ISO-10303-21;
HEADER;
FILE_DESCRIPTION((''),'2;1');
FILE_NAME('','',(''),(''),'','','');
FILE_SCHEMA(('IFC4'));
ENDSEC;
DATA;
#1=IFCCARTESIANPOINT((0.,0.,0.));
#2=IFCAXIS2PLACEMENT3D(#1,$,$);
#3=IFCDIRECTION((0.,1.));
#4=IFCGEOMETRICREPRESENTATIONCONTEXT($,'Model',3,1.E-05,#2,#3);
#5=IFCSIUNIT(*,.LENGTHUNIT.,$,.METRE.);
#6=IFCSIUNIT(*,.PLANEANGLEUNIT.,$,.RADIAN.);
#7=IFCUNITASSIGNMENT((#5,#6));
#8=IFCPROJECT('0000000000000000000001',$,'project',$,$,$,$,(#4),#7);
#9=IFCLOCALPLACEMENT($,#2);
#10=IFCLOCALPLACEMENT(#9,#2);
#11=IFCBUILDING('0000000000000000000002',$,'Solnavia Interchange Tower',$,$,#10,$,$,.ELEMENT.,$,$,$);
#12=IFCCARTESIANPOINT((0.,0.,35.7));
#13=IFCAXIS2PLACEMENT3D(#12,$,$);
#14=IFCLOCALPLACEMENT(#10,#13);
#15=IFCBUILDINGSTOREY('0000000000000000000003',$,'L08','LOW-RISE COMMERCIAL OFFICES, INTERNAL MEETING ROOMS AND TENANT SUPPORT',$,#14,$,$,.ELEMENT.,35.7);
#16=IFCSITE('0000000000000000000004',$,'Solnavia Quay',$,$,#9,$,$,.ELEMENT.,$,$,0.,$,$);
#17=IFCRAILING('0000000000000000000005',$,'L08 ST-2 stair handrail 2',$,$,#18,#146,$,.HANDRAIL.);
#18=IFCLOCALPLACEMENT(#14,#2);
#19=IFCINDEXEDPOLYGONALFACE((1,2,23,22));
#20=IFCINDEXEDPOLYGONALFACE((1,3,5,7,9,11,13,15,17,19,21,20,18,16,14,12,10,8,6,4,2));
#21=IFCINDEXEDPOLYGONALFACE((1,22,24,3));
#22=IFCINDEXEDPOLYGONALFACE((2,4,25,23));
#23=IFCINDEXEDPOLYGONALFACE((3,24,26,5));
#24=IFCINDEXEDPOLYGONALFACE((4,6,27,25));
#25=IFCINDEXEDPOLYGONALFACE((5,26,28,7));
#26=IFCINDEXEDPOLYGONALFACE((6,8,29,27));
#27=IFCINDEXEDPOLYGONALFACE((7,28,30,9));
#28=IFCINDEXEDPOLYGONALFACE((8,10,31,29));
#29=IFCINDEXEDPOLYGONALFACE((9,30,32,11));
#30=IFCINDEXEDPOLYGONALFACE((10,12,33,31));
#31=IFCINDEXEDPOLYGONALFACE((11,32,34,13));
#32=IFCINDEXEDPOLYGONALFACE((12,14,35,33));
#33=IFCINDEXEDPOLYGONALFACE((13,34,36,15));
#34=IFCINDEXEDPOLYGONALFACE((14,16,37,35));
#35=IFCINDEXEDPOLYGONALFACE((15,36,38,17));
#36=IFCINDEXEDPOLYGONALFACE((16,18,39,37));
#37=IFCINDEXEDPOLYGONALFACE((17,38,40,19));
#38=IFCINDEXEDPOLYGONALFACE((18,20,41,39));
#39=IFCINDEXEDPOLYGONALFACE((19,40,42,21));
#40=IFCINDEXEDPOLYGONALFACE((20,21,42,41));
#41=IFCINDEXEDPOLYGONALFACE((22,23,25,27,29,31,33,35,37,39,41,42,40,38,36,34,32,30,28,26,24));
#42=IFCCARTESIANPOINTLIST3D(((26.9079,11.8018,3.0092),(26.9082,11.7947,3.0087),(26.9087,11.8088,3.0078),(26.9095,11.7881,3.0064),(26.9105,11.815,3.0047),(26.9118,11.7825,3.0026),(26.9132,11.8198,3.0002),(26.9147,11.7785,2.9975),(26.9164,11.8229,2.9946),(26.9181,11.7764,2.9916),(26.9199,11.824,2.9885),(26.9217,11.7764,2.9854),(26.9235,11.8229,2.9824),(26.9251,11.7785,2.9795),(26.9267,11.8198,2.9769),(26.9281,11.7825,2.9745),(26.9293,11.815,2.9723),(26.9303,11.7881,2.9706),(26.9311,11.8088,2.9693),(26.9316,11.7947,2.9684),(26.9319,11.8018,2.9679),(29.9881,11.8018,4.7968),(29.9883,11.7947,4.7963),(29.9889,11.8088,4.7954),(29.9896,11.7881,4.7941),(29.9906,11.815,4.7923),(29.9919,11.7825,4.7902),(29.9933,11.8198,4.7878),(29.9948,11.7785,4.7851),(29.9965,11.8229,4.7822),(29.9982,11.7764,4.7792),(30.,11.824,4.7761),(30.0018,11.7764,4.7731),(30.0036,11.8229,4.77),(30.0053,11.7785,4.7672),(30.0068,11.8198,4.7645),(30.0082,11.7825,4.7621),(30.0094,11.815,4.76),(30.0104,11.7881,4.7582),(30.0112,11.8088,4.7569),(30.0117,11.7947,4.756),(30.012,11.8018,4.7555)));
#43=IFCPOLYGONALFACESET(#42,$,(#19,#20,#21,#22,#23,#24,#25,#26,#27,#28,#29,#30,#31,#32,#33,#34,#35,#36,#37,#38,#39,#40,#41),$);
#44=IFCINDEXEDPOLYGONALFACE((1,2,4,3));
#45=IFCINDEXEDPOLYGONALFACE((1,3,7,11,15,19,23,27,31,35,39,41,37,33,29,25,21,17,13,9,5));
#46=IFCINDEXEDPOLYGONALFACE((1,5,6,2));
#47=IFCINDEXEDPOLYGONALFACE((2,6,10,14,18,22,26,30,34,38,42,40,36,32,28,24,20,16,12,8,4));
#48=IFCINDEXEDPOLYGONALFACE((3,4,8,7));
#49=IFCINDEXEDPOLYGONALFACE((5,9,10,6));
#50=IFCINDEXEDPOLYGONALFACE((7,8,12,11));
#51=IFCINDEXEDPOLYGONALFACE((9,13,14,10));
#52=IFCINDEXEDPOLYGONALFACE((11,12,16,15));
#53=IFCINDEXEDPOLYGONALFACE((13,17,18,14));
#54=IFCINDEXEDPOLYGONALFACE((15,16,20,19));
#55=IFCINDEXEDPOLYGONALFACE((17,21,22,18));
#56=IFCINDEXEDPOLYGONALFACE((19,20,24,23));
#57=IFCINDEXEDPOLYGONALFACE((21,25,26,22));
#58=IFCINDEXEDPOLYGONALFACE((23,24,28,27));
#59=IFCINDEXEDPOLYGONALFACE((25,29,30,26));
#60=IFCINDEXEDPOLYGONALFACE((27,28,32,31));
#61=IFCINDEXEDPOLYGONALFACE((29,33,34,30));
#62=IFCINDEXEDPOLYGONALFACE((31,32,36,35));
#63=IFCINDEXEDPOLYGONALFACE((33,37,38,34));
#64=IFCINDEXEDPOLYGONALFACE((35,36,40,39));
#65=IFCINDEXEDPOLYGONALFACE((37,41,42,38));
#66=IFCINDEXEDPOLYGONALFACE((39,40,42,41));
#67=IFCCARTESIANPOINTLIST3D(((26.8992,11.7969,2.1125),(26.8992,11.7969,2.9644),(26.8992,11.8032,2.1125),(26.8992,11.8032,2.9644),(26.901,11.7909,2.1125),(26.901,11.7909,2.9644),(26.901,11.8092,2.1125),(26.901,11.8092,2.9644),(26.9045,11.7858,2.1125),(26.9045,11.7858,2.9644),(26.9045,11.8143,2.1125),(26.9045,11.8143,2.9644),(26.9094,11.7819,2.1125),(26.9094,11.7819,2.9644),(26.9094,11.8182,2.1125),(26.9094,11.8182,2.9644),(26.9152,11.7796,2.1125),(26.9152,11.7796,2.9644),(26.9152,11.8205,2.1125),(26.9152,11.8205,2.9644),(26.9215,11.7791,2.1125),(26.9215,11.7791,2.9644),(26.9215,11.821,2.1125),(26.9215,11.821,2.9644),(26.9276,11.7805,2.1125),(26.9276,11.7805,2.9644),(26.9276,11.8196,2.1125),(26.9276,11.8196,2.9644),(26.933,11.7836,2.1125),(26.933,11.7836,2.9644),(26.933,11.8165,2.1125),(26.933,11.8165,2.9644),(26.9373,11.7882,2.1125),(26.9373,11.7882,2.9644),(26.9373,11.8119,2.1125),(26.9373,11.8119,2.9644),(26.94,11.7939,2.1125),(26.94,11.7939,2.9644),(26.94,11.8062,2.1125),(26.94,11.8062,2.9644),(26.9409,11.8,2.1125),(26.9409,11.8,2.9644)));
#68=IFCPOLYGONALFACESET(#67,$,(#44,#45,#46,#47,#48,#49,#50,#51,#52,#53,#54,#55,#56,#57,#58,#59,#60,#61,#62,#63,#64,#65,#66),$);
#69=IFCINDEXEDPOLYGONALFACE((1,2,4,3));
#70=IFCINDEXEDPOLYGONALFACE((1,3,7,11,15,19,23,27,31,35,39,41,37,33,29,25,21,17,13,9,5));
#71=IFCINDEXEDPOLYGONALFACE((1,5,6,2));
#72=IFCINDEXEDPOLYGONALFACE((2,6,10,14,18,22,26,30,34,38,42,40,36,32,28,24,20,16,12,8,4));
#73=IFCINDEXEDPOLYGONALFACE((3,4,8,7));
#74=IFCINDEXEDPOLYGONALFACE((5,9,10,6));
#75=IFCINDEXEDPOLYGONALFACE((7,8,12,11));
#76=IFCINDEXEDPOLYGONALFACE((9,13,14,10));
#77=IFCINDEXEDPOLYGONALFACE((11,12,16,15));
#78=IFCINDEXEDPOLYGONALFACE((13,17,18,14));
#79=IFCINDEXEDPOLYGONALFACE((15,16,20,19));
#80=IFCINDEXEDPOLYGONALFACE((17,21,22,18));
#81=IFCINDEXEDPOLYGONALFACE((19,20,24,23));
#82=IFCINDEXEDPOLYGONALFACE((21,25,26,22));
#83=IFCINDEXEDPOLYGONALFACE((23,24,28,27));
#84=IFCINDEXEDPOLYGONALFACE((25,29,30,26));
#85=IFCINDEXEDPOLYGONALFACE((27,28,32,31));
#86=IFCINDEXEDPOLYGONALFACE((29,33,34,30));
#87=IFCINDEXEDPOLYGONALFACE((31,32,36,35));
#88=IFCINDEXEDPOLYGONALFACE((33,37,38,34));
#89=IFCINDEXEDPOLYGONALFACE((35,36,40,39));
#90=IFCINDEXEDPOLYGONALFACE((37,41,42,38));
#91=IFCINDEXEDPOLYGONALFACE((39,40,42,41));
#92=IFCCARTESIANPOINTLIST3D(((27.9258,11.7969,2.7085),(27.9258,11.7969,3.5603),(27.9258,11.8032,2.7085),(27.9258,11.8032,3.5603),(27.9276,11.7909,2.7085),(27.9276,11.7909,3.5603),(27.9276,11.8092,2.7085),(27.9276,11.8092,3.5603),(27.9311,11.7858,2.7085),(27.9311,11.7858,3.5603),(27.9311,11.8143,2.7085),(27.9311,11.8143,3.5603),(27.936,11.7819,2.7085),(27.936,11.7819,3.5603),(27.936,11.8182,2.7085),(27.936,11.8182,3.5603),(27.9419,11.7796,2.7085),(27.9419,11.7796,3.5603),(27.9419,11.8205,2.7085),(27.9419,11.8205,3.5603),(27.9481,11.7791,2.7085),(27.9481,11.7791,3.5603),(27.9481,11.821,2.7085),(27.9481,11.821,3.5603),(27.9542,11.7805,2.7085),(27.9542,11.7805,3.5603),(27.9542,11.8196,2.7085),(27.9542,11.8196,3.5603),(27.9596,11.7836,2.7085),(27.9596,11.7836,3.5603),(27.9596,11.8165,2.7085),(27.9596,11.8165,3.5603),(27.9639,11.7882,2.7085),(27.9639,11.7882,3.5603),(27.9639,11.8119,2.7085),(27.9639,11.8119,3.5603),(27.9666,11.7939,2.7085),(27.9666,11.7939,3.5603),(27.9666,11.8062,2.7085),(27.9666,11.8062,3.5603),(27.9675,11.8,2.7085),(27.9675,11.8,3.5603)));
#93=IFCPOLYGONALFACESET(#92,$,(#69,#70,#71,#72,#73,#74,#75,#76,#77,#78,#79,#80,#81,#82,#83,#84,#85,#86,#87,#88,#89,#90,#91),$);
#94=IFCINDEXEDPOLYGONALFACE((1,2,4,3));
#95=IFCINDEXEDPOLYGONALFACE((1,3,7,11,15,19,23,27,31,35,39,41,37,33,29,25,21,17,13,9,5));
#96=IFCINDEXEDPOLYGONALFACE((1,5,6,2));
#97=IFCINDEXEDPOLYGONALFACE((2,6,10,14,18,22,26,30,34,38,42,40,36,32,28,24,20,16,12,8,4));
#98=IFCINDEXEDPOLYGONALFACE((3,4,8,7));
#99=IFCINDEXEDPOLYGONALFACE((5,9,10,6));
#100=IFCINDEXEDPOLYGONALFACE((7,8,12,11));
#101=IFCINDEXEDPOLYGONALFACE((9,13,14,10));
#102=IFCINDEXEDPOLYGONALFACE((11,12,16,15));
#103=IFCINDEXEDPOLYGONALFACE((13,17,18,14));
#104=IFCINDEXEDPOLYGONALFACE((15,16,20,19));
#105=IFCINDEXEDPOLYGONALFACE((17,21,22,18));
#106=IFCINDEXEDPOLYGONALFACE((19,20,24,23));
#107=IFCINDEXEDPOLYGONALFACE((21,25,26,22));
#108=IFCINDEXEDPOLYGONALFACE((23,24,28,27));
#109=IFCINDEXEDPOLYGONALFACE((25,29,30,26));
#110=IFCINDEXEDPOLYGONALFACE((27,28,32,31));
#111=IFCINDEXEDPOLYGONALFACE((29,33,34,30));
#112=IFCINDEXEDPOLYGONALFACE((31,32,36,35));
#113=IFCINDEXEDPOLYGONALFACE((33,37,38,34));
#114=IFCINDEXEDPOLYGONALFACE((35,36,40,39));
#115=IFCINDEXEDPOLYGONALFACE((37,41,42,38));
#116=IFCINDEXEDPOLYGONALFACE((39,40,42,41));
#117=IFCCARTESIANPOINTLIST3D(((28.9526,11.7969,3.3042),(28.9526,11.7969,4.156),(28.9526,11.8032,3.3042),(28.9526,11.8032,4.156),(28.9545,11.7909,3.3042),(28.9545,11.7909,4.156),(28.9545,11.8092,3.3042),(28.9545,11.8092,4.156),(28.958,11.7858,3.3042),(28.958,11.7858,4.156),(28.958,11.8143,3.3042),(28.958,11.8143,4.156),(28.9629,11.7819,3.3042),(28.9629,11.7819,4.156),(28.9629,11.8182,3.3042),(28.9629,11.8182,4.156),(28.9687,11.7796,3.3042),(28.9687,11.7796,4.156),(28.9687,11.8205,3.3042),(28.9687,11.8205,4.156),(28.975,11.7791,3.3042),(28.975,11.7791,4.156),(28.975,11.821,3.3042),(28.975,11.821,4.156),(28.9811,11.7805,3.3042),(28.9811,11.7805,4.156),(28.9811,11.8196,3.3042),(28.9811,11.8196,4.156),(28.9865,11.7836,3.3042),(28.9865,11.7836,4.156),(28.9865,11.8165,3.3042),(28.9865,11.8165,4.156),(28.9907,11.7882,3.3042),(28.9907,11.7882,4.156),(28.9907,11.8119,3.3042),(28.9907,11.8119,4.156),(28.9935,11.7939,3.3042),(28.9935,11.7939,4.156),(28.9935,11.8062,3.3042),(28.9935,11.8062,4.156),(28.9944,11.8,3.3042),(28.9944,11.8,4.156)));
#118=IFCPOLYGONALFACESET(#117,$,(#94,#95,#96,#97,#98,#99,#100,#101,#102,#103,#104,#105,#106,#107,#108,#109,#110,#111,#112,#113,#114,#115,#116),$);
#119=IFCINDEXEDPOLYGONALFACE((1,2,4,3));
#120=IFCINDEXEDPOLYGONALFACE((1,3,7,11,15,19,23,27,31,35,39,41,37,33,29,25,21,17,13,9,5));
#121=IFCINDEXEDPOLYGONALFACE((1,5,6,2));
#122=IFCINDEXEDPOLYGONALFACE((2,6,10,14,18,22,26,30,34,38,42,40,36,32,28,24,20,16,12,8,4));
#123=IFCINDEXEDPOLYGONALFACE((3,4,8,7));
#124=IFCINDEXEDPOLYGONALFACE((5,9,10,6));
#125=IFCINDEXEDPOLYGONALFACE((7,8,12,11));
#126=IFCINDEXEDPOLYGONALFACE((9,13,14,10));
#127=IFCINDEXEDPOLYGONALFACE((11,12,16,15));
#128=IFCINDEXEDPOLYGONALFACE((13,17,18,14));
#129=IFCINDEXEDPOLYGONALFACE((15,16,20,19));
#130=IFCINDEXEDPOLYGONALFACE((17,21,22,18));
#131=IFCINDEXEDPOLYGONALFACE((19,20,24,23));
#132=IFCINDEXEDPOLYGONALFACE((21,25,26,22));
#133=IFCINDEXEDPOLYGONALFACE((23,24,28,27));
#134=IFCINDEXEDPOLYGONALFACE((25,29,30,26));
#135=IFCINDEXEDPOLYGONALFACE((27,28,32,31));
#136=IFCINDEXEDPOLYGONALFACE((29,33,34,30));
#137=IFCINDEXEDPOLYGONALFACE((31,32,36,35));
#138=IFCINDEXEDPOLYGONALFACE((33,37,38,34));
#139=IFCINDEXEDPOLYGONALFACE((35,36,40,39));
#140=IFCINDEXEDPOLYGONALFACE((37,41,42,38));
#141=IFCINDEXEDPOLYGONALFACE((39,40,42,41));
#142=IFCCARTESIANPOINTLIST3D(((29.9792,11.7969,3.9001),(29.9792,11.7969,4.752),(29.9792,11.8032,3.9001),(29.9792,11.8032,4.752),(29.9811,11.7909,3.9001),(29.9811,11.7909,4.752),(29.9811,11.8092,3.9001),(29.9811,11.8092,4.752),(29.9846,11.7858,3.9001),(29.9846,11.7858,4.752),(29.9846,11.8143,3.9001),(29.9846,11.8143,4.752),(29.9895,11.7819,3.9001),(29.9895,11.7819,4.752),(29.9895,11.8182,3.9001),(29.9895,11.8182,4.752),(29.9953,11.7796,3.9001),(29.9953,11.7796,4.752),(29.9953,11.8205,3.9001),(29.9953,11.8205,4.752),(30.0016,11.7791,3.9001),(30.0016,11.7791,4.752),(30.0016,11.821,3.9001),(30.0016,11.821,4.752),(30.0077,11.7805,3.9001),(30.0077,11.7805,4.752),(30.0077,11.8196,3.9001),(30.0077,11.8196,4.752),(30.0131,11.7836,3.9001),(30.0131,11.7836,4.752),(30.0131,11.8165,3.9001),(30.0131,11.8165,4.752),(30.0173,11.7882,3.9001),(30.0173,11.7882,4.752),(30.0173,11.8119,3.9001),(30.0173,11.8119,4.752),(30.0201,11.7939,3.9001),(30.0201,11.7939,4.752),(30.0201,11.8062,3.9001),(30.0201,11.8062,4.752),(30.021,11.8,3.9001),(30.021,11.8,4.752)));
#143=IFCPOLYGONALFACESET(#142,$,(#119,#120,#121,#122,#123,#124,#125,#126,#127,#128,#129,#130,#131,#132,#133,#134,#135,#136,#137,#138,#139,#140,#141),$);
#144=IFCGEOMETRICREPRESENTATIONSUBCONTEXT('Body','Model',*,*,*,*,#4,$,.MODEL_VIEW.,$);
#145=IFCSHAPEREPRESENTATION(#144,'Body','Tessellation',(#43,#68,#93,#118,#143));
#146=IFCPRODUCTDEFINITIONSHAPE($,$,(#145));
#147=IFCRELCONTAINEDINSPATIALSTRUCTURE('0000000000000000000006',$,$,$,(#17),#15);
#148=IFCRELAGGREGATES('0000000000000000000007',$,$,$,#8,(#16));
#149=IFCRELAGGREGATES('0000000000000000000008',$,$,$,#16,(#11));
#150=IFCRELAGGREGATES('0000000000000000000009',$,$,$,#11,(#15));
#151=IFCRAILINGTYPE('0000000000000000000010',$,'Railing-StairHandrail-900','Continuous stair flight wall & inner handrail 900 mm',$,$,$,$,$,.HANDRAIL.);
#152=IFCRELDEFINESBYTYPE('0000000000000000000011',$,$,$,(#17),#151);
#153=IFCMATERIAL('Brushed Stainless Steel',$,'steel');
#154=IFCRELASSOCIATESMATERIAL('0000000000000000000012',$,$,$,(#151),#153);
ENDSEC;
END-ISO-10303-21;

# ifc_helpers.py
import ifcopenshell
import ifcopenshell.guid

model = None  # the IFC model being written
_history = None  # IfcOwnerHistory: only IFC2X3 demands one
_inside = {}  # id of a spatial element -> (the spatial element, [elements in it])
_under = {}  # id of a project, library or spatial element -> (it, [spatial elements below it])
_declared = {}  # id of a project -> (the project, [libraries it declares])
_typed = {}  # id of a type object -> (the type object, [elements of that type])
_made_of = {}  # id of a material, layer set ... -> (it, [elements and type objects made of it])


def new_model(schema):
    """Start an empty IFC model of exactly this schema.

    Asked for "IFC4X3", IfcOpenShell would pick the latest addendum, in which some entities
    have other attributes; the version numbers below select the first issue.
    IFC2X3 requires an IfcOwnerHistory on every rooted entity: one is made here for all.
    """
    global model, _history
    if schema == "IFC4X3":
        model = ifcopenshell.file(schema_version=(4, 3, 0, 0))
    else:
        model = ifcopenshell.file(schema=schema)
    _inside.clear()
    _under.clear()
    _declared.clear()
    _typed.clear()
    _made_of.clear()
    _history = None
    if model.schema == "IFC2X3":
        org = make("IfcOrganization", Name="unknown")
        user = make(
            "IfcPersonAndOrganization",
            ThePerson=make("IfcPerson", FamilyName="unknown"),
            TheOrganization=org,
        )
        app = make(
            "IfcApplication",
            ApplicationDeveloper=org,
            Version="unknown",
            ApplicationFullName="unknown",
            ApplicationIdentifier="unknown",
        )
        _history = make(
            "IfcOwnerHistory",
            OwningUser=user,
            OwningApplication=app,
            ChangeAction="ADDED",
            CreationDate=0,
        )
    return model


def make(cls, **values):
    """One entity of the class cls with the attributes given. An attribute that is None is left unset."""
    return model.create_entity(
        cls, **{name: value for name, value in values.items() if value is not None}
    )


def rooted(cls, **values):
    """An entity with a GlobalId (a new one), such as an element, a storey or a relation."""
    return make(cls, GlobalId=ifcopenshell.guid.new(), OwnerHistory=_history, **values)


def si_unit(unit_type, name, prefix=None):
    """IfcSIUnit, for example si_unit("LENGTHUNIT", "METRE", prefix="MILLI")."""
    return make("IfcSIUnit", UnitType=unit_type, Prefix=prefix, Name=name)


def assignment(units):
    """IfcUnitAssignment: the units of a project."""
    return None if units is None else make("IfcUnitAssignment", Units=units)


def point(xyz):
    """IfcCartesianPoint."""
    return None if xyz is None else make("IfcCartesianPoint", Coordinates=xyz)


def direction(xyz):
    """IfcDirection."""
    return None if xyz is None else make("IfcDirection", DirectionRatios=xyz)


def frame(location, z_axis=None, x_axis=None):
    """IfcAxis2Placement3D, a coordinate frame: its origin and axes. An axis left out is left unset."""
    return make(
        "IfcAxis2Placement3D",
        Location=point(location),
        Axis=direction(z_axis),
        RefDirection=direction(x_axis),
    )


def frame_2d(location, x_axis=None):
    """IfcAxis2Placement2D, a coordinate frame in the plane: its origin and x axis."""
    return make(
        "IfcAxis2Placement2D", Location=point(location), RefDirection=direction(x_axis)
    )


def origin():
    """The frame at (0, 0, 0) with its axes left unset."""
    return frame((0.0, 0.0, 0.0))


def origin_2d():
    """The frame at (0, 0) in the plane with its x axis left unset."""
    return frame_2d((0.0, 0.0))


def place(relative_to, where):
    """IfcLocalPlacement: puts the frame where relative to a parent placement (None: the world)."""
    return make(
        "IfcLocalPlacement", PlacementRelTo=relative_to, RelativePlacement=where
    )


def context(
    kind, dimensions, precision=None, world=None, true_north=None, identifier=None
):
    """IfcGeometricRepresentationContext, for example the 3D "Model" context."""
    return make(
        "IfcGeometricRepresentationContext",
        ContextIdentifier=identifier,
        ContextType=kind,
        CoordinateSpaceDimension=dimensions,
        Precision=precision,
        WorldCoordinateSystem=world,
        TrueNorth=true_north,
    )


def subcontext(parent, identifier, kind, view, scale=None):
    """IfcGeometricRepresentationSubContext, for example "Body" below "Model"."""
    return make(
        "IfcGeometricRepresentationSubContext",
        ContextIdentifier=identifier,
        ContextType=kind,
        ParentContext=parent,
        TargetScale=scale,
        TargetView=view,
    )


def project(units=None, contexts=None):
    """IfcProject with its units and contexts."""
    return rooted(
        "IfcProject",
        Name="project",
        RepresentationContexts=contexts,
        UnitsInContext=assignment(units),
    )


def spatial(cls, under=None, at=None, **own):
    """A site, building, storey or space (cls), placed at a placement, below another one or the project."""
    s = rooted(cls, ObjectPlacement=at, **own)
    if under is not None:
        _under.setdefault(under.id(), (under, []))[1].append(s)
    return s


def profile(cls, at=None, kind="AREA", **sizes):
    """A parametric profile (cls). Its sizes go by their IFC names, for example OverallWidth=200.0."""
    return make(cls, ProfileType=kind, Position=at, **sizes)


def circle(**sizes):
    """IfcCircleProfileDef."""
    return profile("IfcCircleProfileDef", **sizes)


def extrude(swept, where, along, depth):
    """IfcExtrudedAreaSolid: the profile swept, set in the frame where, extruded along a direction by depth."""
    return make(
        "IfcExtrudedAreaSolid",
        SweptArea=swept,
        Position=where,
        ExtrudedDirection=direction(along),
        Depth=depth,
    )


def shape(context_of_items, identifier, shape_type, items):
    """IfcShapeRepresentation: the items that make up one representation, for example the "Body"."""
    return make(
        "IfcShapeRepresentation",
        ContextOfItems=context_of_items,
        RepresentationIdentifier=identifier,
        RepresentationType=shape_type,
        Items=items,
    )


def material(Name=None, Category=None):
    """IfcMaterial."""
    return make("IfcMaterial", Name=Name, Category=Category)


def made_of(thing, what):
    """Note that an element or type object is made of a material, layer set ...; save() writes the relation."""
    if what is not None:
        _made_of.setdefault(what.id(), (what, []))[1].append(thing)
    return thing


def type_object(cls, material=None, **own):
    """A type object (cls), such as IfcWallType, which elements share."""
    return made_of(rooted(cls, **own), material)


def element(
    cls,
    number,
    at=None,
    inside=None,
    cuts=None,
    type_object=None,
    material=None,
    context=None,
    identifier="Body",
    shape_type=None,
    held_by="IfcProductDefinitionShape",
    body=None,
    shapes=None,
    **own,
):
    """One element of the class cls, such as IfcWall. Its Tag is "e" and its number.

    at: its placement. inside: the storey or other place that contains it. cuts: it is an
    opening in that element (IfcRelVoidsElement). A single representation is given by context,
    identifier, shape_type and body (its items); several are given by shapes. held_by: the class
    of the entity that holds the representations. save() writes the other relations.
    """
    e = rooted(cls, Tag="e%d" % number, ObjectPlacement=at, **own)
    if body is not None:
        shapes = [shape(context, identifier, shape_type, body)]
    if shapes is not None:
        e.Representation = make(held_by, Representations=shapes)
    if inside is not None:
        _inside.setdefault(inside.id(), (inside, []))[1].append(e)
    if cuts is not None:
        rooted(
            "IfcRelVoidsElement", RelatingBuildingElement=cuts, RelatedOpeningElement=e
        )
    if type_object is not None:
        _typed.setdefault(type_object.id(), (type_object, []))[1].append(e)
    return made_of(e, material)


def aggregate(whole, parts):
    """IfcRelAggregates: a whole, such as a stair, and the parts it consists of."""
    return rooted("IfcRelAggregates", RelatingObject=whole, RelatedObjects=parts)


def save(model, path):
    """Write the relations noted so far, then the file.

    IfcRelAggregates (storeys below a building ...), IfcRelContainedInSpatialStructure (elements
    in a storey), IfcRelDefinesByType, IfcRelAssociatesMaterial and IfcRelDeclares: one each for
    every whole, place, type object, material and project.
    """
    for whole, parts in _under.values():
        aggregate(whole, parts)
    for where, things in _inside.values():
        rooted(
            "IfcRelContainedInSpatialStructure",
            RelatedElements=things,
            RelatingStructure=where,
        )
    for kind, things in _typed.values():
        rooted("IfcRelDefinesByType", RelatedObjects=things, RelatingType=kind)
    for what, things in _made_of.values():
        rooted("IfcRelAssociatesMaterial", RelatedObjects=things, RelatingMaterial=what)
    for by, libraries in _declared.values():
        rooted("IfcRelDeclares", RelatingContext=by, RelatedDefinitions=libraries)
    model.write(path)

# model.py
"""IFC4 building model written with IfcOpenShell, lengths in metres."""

from ifc_helpers import new_model, si_unit, direction, frame, origin, origin_2d, place, context, subcontext, project, spatial, circle, extrude, material, type_object, element, save


model = new_model("IFC4")

# Units and contexts
model_context = context("Model", 3, precision=1e-05, world=origin(), true_north=direction((0.0, 1.0)))
body_context = subcontext(model_context, "Body", "Model", "MODEL_VIEW")
ifc_project = project(units=[si_unit("LENGTHUNIT", "METRE"), si_unit("PLANEANGLEUNIT", "RADIAN")], contexts=[model_context])

# Site, building, storey
site_placement = place(None, origin())
site = spatial("IfcSite", under=ifc_project, at=site_placement, Name="Solnavia Quay", CompositionType="ELEMENT", RefElevation=0.0)
building_placement = place(site_placement, origin())
building = spatial("IfcBuilding", under=site, at=building_placement, Name="Solnavia Interchange Tower", CompositionType="ELEMENT")
storey_placement = place(building_placement, frame((0.0, 0.0, 35.7)))
storey = spatial("IfcBuildingStorey", under=building, at=storey_placement, Name="L08", Description="LOW-RISE COMMERCIAL OFFICES, INTERNAL MEETING ROOMS AND TENANT SUPPORT", CompositionType="ELEMENT", Elevation=35.7)

# Railing
ifc_material_1 = material(Name="Brushed Stainless Steel", Category="steel")
railing_type_1 = type_object("IfcRailingType", Name="Railing-StairHandrail-900", Description="Continuous stair flight wall & inner handrail 900 mm", PredefinedType="HANDRAIL", material=ifc_material_1)
railing_1_placement = place(storey_placement, frame((26.9199, 11.8, 2.1125)))
element("IfcRailing", 1, at=railing_1_placement, inside=storey, type_object=railing_type_1, Name="L08 ST-2 stair handrail 2", PredefinedType="HANDRAIL", context=body_context, shape_type="SweptSolid", body=[
    extrude(circle(Radius=0.0239, at=origin_2d()), frame((0.0, 0.0, 0.876), z_axis=(0.864891, 0.0, 0.50196), x_axis=(0.0, 1.0, 0.0)), (0.0, 0.0, 1.0), 3.5613),
    extrude(circle(Radius=0.021, at=origin_2d()), origin(), (0.0, 0.0, 1.0), 0.8518),
    extrude(circle(Radius=0.021, at=origin_2d()), frame((1.0266, 0.0, 0.5959)), (0.0, 0.0, 1.0), 0.8518),
    extrude(circle(Radius=0.021, at=origin_2d()), frame((2.0535, 0.0, 1.1917)), (0.0, 0.0, 1.0), 0.8518),
    extrude(circle(Radius=0.021, at=origin_2d()), frame((3.0801, 0.0, 1.7876)), (0.0, 0.0, 1.0), 0.8518),
])

save(model, "model.ifc")
